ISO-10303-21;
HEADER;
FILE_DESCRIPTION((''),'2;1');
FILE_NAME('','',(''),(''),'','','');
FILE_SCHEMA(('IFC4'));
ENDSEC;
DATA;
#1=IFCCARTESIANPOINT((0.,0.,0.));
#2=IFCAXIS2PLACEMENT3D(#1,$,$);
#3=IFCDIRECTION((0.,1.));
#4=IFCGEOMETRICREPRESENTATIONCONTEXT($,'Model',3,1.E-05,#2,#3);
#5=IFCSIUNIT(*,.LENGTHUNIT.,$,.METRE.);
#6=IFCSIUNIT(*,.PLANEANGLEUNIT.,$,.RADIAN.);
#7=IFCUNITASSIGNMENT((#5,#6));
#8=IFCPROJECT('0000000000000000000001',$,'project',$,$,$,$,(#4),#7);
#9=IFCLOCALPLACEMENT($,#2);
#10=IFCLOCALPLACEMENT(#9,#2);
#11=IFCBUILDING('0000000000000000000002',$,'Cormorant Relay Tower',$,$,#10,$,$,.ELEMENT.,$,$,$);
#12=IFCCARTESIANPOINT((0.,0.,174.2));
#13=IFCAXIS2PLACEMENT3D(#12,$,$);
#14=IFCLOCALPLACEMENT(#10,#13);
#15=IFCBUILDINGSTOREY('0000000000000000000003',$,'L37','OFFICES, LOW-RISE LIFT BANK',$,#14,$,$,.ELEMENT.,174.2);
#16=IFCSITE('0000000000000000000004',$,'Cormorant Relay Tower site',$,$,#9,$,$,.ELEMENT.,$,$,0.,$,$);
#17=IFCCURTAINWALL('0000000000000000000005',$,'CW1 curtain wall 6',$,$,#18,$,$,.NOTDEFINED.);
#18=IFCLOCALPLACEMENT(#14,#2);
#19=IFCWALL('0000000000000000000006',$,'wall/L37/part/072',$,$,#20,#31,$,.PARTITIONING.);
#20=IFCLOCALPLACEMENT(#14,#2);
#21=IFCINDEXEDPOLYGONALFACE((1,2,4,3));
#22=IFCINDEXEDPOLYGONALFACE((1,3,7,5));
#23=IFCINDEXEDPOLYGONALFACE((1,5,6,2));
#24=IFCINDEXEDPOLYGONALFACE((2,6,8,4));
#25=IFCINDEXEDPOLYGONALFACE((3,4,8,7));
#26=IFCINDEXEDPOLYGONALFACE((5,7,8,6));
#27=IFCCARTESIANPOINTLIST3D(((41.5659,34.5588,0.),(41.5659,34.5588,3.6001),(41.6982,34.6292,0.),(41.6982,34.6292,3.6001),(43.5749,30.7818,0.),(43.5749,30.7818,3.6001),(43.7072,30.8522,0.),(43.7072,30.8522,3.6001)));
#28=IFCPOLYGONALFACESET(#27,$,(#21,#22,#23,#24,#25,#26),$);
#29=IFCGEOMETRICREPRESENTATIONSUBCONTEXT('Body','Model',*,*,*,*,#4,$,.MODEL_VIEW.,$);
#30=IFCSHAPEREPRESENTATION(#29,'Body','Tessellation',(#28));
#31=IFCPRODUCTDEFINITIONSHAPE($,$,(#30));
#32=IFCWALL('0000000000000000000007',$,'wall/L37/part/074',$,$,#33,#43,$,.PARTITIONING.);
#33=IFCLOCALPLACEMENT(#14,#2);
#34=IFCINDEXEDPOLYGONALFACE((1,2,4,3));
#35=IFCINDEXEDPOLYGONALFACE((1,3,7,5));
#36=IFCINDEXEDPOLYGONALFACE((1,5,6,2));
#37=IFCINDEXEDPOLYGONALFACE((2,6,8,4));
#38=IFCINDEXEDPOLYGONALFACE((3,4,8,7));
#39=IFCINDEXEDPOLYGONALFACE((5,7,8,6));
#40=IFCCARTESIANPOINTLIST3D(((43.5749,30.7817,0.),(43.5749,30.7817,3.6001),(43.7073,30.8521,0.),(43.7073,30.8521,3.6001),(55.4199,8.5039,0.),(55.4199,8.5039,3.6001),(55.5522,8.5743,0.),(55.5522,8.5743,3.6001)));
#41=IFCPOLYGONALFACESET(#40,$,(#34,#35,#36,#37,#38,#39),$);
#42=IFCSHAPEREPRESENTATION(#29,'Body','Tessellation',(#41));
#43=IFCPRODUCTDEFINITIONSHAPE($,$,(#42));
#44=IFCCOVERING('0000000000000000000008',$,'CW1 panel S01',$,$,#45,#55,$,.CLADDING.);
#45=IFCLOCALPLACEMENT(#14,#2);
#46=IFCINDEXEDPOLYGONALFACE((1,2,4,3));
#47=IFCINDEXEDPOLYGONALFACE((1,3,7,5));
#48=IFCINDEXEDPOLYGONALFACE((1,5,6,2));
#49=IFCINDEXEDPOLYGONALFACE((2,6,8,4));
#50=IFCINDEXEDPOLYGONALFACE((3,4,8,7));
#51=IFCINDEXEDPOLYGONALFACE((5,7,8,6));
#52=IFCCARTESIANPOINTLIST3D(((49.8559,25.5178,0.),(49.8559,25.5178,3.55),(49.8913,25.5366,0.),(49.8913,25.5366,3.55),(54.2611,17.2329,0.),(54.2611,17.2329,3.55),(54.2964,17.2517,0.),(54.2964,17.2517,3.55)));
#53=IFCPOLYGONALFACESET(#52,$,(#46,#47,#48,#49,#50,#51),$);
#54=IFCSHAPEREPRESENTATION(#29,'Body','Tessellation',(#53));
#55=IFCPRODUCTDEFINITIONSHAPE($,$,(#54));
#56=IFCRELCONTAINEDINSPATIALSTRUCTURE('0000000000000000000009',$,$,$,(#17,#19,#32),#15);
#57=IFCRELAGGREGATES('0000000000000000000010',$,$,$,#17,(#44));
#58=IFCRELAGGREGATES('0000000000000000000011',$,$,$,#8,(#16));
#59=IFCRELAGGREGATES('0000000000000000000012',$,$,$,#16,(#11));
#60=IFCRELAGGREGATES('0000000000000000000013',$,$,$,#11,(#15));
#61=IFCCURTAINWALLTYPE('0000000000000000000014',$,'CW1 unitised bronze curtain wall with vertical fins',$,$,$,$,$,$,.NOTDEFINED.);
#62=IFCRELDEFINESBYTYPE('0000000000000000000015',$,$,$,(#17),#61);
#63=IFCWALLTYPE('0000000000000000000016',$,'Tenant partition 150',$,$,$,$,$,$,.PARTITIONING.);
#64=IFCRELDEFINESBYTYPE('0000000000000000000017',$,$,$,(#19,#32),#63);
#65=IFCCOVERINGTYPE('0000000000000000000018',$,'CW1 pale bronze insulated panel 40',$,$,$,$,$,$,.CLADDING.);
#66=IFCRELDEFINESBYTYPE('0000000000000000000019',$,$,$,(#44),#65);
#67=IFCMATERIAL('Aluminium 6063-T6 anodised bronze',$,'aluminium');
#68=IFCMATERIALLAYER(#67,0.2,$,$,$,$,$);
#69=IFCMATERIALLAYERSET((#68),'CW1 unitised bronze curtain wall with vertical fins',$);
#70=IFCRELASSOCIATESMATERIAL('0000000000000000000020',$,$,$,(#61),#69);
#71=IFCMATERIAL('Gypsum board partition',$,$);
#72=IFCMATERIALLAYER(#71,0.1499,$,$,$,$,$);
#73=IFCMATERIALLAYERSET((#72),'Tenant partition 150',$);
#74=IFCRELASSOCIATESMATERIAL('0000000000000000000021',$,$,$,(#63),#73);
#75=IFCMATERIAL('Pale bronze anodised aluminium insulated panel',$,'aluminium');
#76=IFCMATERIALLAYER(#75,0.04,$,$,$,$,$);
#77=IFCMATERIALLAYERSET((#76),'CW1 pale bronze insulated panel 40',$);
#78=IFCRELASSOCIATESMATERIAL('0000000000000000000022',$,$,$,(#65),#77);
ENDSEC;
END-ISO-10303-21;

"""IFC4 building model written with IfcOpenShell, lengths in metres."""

from ifc_helpers import new_model, si_unit, direction, frame, frame_2d, origin, origin_2d, place, context, subcontext, project, spatial, rectangle, extrude, material, layer, layer_set, type_object, element, aggregate, save


model = new_model("IFC4")

# Units and contexts
model_context = context("Model", 3, precision=1e-05, world=origin(), true_north=direction((0.0, 1.0)))
body_context = subcontext(model_context, "Body", "Model", "MODEL_VIEW")
ifc_project = project(units=[si_unit("LENGTHUNIT", "METRE"), si_unit("PLANEANGLEUNIT", "RADIAN")], contexts=[model_context])

# Site, building, storey
site_placement = place(None, origin())
site = spatial("IfcSite", under=ifc_project, at=site_placement, Name="Cormorant Relay Tower site", CompositionType="ELEMENT", RefElevation=0.0)
building_placement = place(site_placement, origin())
building = spatial("IfcBuilding", under=site, at=building_placement, Name="Cormorant Relay Tower", CompositionType="ELEMENT")
storey_placement = place(building_placement, frame((0.0, 0.0, 174.2)))
storey = spatial("IfcBuildingStorey", under=building, at=storey_placement, Name="L37", Description="OFFICES, LOW-RISE LIFT BANK", CompositionType="ELEMENT", Elevation=174.2)

# Curtain wall
ifc_material_1 = material(Name="Aluminium 6063-T6 anodised bronze", Category="aluminium")
ifc_layer_1 = layer(ifc_material_1, 0.2)
ifc_layer_set_1 = layer_set([ifc_layer_1], Name="CW1 unitised bronze curtain wall with vertical fins")
curtain_wall_type = type_object("IfcCurtainWallType", Name="CW1 unitised bronze curtain wall with vertical fins", PredefinedType="NOTDEFINED", material=ifc_layer_set_1)
curtain_wall_1_placement = place(storey_placement, origin())
curtain_wall_1 = element("IfcCurtainWall", 1, at=curtain_wall_1_placement, inside=storey, type_object=curtain_wall_type, Name="CW1 curtain wall 6", PredefinedType="NOTDEFINED")

# Walls
ifc_material_2 = material(Name="Gypsum board partition")
ifc_layer_2 = layer(ifc_material_2, 0.1499)
ifc_layer_set_2 = layer_set([ifc_layer_2], Name="Tenant partition 150")
wall_type_1 = type_object("IfcWallType", Name="Tenant partition 150", PredefinedType="PARTITIONING", material=ifc_layer_set_2)
wall_1_placement = place(storey_placement, frame((43.6411, 30.8169, 0.0), z_axis=(0.0, 0.0, 1.0), x_axis=(-0.469602, 0.882878, 0.0)))
element("IfcWall", 2, at=wall_1_placement, inside=storey, type_object=wall_type_1, Name="wall/L37/part/072", PredefinedType="PARTITIONING", context=body_context, shape_type="SweptSolid", body=[
    extrude(rectangle(XDim=4.2781, YDim=0.1499, at=frame_2d((2.1392, 0.0))), origin(), (0.0, 0.0, 1.0), 3.6001),
])
wall_2_placement = place(storey_placement, frame((43.6411, 30.8169, 0.0), z_axis=(0.0, 0.0, 1.0), x_axis=(0.46946, -0.882954, 0.0)))
element("IfcWall", 3, at=wall_2_placement, inside=storey, type_object=wall_type_1, Name="wall/L37/part/074", PredefinedType="PARTITIONING", context=body_context, shape_type="SweptSolid", body=[
    extrude(rectangle(XDim=25.231, YDim=0.1499, at=frame_2d((12.6155, 0.0))), origin(), (0.0, 0.0, 1.0), 3.6001),
])

# Covering
ifc_material_3 = material(Name="Pale bronze anodised aluminium insulated panel", Category="aluminium")
ifc_layer_3 = layer(ifc_material_3, 0.04)
ifc_layer_set_3 = layer_set([ifc_layer_3], Name="CW1 pale bronze insulated panel 40")
covering_type = type_object("IfcCoveringType", Name="CW1 pale bronze insulated panel 40", PredefinedType="CLADDING", material=ifc_layer_set_3)
covering_placement = place(storey_placement, frame((52.0762, 21.3848, 0.0), z_axis=(0.0, 0.0, 1.0), x_axis=(-0.469472, 0.882948, 0.0)))
covering = element("IfcCovering", 4, at=covering_placement, type_object=covering_type, Name="CW1 panel S01", PredefinedType="CLADDING", context=body_context, shape_type="SweptSolid", body=[
    extrude(rectangle(XDim=9.3833, YDim=0.04, at=origin_2d()), origin(), (0.0, 0.0, 1.0), 3.55),
])
aggregate(curtain_wall_1, [covering])

save(model, "model.ifc")
